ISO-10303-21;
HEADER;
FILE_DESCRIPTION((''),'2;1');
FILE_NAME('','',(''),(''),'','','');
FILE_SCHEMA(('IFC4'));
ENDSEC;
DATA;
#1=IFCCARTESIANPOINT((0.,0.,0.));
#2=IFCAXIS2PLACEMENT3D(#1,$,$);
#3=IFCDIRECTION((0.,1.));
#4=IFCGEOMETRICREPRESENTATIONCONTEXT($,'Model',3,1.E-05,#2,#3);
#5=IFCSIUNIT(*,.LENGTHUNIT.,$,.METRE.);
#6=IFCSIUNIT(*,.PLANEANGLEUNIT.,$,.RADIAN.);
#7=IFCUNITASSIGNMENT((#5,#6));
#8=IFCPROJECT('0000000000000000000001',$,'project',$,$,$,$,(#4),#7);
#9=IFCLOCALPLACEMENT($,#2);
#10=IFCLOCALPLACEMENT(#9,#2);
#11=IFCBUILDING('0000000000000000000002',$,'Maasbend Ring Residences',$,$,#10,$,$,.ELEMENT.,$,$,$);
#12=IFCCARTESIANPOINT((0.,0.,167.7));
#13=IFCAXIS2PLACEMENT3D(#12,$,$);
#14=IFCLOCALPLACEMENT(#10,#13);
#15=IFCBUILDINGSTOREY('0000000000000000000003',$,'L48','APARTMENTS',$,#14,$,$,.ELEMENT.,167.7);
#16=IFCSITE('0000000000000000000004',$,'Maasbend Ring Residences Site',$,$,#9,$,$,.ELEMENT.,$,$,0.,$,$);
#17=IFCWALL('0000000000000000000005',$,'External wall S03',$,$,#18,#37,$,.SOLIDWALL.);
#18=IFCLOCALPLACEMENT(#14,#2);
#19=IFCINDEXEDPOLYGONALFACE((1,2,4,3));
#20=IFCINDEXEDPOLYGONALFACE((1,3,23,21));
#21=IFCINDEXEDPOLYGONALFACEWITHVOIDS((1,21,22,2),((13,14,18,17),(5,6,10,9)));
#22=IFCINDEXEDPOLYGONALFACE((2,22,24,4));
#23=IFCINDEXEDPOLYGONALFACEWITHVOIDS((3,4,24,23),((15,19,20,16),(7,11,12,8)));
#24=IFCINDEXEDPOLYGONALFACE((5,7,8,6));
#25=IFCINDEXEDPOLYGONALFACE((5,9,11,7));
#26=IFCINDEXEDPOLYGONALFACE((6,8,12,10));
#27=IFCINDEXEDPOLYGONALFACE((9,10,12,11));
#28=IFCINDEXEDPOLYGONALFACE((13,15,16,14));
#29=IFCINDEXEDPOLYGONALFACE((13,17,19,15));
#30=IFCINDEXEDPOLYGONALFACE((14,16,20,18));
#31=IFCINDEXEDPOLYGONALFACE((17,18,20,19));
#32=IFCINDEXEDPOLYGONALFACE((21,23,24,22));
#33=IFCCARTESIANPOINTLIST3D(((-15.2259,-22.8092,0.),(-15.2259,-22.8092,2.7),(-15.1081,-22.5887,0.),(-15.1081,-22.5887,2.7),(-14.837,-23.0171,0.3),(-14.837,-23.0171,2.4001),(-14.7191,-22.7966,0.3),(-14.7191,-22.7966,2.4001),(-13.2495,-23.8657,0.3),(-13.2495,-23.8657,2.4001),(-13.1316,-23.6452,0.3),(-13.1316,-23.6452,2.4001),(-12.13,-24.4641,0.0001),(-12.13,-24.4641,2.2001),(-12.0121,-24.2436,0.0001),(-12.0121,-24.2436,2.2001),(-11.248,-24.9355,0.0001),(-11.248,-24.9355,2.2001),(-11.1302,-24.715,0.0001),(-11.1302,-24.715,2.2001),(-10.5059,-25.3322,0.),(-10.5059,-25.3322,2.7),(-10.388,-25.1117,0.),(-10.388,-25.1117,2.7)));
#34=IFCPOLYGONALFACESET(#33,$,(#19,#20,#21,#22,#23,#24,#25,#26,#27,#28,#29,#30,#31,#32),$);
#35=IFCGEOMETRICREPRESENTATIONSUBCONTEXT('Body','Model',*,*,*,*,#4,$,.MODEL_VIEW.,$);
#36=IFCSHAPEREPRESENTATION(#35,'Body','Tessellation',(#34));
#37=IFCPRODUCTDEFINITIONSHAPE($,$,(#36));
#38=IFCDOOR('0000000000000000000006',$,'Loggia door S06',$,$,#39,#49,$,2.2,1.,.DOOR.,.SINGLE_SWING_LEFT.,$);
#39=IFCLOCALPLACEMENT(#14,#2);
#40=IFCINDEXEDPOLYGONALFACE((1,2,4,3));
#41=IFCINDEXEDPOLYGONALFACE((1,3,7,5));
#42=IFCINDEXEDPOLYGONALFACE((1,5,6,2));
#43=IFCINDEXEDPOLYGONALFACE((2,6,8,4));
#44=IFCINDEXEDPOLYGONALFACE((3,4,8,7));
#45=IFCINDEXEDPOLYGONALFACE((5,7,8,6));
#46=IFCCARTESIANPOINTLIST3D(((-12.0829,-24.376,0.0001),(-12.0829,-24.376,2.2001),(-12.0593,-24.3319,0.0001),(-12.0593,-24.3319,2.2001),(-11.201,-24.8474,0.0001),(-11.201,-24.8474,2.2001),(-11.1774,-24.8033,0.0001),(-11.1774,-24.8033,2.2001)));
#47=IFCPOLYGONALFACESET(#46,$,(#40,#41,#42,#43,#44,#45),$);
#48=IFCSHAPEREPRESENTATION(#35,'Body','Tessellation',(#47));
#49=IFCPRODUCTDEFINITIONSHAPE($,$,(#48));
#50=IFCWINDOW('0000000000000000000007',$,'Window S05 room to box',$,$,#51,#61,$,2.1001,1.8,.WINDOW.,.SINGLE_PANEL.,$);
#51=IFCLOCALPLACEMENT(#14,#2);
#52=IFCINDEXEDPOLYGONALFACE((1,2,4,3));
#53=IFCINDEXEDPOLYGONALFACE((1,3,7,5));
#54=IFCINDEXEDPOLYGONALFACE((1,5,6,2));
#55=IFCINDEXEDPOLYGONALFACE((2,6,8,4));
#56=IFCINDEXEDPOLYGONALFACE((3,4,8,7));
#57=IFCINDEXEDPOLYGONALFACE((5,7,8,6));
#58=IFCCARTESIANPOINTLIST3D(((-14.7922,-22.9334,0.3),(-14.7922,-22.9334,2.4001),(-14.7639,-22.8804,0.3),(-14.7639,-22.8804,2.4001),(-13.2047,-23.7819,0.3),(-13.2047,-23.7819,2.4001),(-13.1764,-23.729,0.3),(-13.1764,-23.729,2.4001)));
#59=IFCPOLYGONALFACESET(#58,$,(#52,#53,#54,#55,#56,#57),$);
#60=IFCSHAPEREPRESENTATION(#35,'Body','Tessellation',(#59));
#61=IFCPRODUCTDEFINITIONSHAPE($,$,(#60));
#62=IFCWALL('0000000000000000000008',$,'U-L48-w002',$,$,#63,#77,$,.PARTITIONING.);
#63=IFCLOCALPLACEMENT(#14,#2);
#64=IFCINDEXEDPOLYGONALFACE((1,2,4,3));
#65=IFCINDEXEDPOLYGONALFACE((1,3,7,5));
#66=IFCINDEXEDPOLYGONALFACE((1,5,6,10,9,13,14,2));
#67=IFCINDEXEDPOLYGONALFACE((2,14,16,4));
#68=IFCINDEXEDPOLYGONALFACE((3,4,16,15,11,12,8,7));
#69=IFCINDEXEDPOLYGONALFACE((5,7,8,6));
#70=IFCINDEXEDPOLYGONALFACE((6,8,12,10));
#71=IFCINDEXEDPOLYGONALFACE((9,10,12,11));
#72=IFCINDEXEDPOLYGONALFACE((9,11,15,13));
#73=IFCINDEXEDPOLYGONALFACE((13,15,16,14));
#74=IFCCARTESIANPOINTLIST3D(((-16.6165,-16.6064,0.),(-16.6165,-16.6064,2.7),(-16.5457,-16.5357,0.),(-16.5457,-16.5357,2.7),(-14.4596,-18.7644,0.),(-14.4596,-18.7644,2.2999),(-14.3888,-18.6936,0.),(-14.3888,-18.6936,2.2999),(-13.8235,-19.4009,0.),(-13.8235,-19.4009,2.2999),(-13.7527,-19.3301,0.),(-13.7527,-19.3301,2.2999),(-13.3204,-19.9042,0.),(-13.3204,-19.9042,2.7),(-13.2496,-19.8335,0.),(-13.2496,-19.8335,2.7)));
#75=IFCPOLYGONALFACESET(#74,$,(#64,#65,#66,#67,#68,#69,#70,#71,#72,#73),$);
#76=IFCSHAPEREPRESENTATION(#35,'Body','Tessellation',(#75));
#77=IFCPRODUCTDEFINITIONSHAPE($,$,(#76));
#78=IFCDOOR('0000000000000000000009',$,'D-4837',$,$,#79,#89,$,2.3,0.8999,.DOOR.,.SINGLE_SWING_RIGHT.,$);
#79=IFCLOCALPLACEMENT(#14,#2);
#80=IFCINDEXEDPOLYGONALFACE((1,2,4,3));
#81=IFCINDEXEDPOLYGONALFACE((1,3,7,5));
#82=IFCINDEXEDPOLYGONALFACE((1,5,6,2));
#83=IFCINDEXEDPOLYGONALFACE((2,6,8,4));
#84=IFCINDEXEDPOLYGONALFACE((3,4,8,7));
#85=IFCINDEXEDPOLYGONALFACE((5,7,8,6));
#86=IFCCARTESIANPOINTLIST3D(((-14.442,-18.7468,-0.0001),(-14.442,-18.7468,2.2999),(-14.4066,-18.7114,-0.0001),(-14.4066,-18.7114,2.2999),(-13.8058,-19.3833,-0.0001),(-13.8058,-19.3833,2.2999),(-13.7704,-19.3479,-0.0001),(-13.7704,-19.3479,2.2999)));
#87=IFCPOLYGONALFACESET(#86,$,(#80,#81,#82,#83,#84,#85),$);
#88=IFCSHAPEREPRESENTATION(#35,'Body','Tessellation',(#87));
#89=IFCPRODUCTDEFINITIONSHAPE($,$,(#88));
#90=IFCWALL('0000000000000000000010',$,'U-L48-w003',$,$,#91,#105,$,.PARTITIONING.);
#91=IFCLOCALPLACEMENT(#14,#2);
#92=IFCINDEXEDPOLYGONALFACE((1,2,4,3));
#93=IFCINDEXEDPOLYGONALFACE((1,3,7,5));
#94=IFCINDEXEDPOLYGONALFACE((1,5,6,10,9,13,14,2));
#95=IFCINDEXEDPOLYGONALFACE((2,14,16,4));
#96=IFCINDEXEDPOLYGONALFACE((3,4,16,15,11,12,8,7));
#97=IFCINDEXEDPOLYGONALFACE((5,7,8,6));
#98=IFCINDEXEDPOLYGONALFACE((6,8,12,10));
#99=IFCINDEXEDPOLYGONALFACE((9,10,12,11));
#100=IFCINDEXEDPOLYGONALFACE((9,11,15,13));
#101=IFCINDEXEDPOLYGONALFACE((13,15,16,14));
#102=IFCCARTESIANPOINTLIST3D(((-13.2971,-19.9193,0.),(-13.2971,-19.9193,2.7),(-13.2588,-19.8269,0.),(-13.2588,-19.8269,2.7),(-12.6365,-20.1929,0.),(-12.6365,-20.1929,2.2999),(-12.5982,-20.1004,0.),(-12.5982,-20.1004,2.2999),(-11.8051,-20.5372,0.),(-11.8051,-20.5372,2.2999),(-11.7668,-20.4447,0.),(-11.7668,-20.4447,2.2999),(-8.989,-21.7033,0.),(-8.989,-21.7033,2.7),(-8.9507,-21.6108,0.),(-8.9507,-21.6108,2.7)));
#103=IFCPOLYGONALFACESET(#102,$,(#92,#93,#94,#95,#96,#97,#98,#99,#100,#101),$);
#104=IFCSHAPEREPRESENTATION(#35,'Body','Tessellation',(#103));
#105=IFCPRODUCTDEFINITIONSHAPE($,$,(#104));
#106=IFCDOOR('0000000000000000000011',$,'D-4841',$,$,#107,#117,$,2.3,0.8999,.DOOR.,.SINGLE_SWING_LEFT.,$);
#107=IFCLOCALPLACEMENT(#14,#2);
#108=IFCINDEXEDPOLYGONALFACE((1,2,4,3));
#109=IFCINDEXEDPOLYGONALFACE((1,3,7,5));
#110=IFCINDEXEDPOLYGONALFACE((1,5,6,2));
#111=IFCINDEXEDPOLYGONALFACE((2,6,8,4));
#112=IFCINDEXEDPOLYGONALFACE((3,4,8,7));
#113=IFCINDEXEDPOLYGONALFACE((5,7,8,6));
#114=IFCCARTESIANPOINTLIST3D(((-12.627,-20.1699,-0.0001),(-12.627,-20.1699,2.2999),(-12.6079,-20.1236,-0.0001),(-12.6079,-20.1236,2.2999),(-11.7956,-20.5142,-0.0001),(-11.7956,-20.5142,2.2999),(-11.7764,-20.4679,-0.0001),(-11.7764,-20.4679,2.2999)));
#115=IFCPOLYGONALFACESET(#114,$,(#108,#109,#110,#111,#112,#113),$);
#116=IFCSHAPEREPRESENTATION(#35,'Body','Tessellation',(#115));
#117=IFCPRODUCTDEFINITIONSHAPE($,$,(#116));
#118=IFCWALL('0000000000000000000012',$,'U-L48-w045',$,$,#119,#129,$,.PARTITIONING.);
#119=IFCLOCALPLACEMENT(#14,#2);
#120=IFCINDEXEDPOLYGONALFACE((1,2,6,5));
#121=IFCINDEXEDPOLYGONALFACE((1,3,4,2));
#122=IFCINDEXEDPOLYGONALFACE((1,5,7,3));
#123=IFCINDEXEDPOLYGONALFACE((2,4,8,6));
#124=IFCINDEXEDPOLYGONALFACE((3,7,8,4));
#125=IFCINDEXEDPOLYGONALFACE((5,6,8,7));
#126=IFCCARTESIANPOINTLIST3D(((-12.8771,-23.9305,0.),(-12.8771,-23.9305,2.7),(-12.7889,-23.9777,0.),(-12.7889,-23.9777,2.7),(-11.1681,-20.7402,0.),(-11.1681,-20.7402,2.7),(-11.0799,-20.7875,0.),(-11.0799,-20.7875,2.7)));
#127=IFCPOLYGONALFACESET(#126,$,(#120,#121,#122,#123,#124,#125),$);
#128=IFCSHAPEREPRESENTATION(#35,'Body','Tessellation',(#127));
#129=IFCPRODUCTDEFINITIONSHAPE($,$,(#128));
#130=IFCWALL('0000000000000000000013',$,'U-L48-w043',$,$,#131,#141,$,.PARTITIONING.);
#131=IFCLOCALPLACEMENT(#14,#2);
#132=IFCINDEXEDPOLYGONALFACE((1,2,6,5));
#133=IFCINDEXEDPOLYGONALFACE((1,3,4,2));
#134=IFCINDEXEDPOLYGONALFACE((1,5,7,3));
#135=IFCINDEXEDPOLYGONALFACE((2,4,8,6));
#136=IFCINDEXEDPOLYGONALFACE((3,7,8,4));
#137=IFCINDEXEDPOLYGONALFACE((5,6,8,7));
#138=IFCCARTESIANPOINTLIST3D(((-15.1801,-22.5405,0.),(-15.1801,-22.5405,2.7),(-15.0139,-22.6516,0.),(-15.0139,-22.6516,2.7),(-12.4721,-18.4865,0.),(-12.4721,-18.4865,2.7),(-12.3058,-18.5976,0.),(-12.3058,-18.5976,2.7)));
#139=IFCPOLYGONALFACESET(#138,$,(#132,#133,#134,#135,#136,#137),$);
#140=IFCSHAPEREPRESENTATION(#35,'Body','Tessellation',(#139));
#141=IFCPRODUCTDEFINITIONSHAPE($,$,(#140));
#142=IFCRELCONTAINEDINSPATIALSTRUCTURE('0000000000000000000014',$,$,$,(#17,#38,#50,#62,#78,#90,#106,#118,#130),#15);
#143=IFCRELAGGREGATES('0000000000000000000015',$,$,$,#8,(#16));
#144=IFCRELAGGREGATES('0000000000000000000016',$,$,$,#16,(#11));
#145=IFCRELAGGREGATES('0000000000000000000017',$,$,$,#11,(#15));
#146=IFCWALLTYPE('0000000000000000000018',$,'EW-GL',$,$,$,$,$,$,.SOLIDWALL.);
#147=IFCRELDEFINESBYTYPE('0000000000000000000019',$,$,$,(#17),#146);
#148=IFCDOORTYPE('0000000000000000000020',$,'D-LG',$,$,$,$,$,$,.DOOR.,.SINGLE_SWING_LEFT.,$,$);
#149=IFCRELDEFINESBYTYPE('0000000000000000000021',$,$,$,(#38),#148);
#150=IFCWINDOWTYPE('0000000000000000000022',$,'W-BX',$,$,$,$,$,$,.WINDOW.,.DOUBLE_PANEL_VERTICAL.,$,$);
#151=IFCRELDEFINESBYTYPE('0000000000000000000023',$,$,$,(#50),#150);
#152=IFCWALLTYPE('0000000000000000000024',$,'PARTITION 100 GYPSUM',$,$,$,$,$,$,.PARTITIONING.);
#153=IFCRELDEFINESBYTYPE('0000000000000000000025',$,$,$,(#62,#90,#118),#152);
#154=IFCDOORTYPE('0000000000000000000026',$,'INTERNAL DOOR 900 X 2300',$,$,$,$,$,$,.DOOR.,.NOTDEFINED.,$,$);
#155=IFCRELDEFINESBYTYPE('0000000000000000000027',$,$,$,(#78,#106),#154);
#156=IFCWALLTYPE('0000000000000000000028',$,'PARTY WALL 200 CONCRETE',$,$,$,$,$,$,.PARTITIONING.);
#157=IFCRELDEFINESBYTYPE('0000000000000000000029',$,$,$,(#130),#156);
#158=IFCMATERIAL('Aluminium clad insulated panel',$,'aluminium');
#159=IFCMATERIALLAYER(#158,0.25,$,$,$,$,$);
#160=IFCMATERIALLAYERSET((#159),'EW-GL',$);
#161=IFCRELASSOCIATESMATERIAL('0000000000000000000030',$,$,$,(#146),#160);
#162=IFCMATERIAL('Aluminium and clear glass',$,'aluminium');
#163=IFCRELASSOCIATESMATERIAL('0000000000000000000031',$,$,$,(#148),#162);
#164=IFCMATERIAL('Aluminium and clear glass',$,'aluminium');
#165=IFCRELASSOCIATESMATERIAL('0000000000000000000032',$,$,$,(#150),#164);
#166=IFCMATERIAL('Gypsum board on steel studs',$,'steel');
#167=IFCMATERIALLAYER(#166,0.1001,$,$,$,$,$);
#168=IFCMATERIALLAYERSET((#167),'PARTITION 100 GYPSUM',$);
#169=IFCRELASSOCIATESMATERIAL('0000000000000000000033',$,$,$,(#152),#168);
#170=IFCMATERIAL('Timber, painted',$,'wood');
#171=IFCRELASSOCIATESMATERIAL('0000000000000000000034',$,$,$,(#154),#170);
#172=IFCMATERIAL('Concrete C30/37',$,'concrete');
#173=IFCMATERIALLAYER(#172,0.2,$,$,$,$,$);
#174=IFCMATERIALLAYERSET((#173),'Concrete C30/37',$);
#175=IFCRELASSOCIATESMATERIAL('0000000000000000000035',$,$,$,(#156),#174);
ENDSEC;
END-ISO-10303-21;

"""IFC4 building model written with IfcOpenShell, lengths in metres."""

from ifc_helpers import new_model, si_unit, direction, frame, frame_2d, origin, place, context, subcontext, project, spatial, rectangle, extrude, material, layer, layer_set, type_object, element, fill, save


model = new_model("IFC4")

# Units and contexts
model_context = context("Model", 3, precision=1e-05, world=origin(), true_north=direction((0.0, 1.0)))
body_context = subcontext(model_context, "Body", "Model", "MODEL_VIEW")
ifc_project = project(units=[si_unit("LENGTHUNIT", "METRE"), si_unit("PLANEANGLEUNIT", "RADIAN")], contexts=[model_context])

# Site, building, storey
site_placement = place(None, origin())
site = spatial("IfcSite", under=ifc_project, at=site_placement, Name="Maasbend Ring Residences Site", CompositionType="ELEMENT", RefElevation=0.0)
building_placement = place(site_placement, origin())
building = spatial("IfcBuilding", under=site, at=building_placement, Name="Maasbend Ring Residences", CompositionType="ELEMENT")
storey_placement = place(building_placement, frame((0.0, 0.0, 167.7)))
storey = spatial("IfcBuildingStorey", under=building, at=storey_placement, Name="L48", Description="APARTMENTS", CompositionType="ELEMENT", Elevation=167.7)

# Wall, openings, door, window
ifc_material_1 = material(Name="Aluminium clad insulated panel", Category="aluminium")
ifc_layer_1 = layer(ifc_material_1, 0.25)
ifc_layer_set_1 = layer_set([ifc_layer_1], Name="EW-GL")
wall_type_1 = type_object("IfcWallType", Name="EW-GL", PredefinedType="SOLIDWALL", material=ifc_layer_set_1)
wall_1_placement = place(storey_placement, frame((-15.167, -22.699, 0.0), z_axis=(0.0, 0.0, 1.0), x_axis=(0.881916, -0.471407, 0.0)))
wall_1 = element("IfcWall", 1, at=wall_1_placement, inside=storey, type_object=wall_type_1, Name="External wall S03", PredefinedType="SOLIDWALL", context=body_context, shape_type="SweptSolid", body=[
    extrude(rectangle(XDim=5.3521, YDim=0.25, at=frame_2d((2.676, 0.0))), origin(), (0.0, 0.0, 1.0), 2.7),
])
opening_1_placement = place(wall_1_placement, frame((0.4412, 0.0, 0.3)))
opening_1 = element("IfcOpeningElement", 2, at=opening_1_placement, cuts=wall_1, PredefinedType="OPENING", context=body_context, shape_type="SweptSolid", body=[
    extrude(rectangle(XDim=1.8, YDim=2.1001, at=frame_2d((0.8999, 1.05))), frame((0.0, 0.135, 0.0), z_axis=(0.0, -1.0, 0.0), x_axis=(1.0, 0.0, 0.0)), (0.0, 0.0, 1.0), 0.27),
])
opening_2_placement = place(wall_1_placement, frame((3.5105, 0.0, 0.0)))
opening_2 = element("IfcOpeningElement", 3, at=opening_2_placement, cuts=wall_1, PredefinedType="OPENING", context=body_context, shape_type="SweptSolid", body=[
    extrude(rectangle(XDim=1.0, YDim=2.2, at=frame_2d((0.5, 1.1001))), frame((0.0, 0.135, 0.0), z_axis=(0.0, -1.0, 0.0), x_axis=(1.0, 0.0, 0.0)), (0.0, 0.0, 1.0), 0.27),
])
ifc_material_2 = material(Name="Aluminium and clear glass", Category="aluminium")
door_type_1 = type_object("IfcDoorType", Name="D-LG", OperationType="SINGLE_SWING_LEFT", PredefinedType="DOOR", material=ifc_material_2)
door_1_placement = place(opening_2_placement, origin())
door_1 = element("IfcDoor", 4, at=door_1_placement, inside=storey, type_object=door_type_1, Name="Loggia door S06", OperationType="SINGLE_SWING_LEFT", OverallHeight=2.2, OverallWidth=1.0, PredefinedType="DOOR", context=body_context, shape_type="SweptSolid", body=[
    extrude(rectangle(XDim=1.0, YDim=2.2, at=frame_2d((0.5, 1.1001))), frame((0.0, 0.0249, 0.0), z_axis=(0.0, -1.0, 0.0), x_axis=(1.0, 0.0, 0.0)), (0.0, 0.0, 1.0), 0.05),
])
fill(opening_2, door_1)
ifc_material_3 = material(Name="Aluminium and clear glass", Category="aluminium")
window_type_1 = type_object("IfcWindowType", Name="W-BX", PartitioningType="DOUBLE_PANEL_VERTICAL", PredefinedType="WINDOW", material=ifc_material_3)
window_1_placement = place(opening_1_placement, origin())
window_1 = element("IfcWindow", 5, at=window_1_placement, inside=storey, type_object=window_type_1, Name="Window S05 room to box", OverallHeight=2.1001, OverallWidth=1.8, PartitioningType="SINGLE_PANEL", PredefinedType="WINDOW", context=body_context, shape_type="SweptSolid", body=[
    extrude(rectangle(XDim=1.8, YDim=2.1001, at=frame_2d((0.8999, 1.05))), frame((0.0, 0.03, 0.0), z_axis=(0.0, -1.0, 0.0), x_axis=(1.0, 0.0, 0.0)), (0.0, 0.0, 1.0), 0.0601),
])
fill(opening_1, window_1)

# Walls, openings, doors
ifc_material_4 = material(Name="Gypsum board on steel studs", Category="steel")
ifc_layer_2 = layer(ifc_material_4, 0.1001)
ifc_layer_set_2 = layer_set([ifc_layer_2], Name="PARTITION 100 GYPSUM")
wall_type_2 = type_object("IfcWallType", Name="PARTITION 100 GYPSUM", PredefinedType="PARTITIONING", material=ifc_layer_set_2)
wall_2_placement = place(storey_placement, frame((-16.5811, -16.571, 0.0), z_axis=(0.0, 0.0, 1.0), x_axis=(0.706923, -0.70729, 0.0)))
wall_2 = element("IfcWall", 6, at=wall_2_placement, inside=storey, type_object=wall_type_2, Name="U-L48-w002", PredefinedType="PARTITIONING", context=body_context, shape_type="SweptSolid", body=[
    extrude(rectangle(XDim=4.6626, YDim=0.1001, at=frame_2d((2.3313, 0.0))), origin(), (0.0, 0.0, 1.0), 2.7),
])
opening_3_placement = place(wall_2_placement, frame((3.051, 0.0, 0.0)))
opening_3 = element("IfcOpeningElement", 7, at=opening_3_placement, cuts=wall_2, PredefinedType="OPENING", context=body_context, shape_type="SweptSolid", body=[
    extrude(rectangle(XDim=0.8999, YDim=2.3, at=frame_2d((0.45, 1.1499))), frame((0.0, 0.0601, 0.0), z_axis=(0.0, -1.0, 0.0), x_axis=(1.0, 0.0, 0.0)), (0.0, 0.0, 1.0), 0.1201),
])
ifc_material_5 = material(Name="Timber, painted", Category="wood")
door_type_2 = type_object("IfcDoorType", Name="INTERNAL DOOR 900 X 2300", OperationType="NOTDEFINED", PredefinedType="DOOR", material=ifc_material_5)
door_2_placement = place(opening_3_placement, origin())
door_2 = element("IfcDoor", 8, at=door_2_placement, inside=storey, type_object=door_type_2, Name="D-4837", OperationType="SINGLE_SWING_RIGHT", OverallHeight=2.3, OverallWidth=0.8999, PredefinedType="DOOR", context=body_context, shape_type="SweptSolid", body=[
    extrude(rectangle(XDim=0.8999, YDim=2.3, at=frame_2d((0.45, 1.1499))), frame((0.0, 0.0249, 0.0), z_axis=(0.0, -1.0, 0.0), x_axis=(1.0, 0.0, 0.0)), (0.0, 0.0, 1.0), 0.05),
])
fill(opening_3, door_2)
wall_3_placement = place(storey_placement, frame((-13.2781, -19.873, 0.0), z_axis=(0.0, 0.0, 1.0), x_axis=(0.92392, -0.382585, 0.0)))
wall_3 = element("IfcWall", 9, at=wall_3_placement, inside=storey, type_object=wall_type_2, Name="U-L48-w003", PredefinedType="PARTITIONING", context=body_context, shape_type="SweptSolid", body=[
    extrude(rectangle(XDim=4.6628, YDim=0.1001, at=frame_2d((2.3315, 0.0))), origin(), (0.0, 0.0, 1.0), 2.7),
])
opening_4_placement = place(wall_3_placement, frame((0.7151, 0.0, 0.0)))
opening_4 = element("IfcOpeningElement", 10, at=opening_4_placement, cuts=wall_3, PredefinedType="OPENING", context=body_context, shape_type="SweptSolid", body=[
    extrude(rectangle(XDim=0.8999, YDim=2.3, at=frame_2d((0.45, 1.1499))), frame((0.0, 0.0601, 0.0), z_axis=(0.0, -1.0, 0.0), x_axis=(1.0, 0.0, 0.0)), (0.0, 0.0, 1.0), 0.1201),
])
door_3_placement = place(opening_4_placement, origin())
door_3 = element("IfcDoor", 11, at=door_3_placement, inside=storey, type_object=door_type_2, Name="D-4841", OperationType="SINGLE_SWING_LEFT", OverallHeight=2.3, OverallWidth=0.8999, PredefinedType="DOOR", context=body_context, shape_type="SweptSolid", body=[
    extrude(rectangle(XDim=0.8999, YDim=2.3, at=frame_2d((0.45, 1.1499))), frame((0.0, 0.0249, 0.0), z_axis=(0.0, -1.0, 0.0), x_axis=(1.0, 0.0, 0.0)), (0.0, 0.0, 1.0), 0.05),
])
fill(opening_4, door_3)

# Walls
wall_4_placement = place(storey_placement, frame((-12.833, -23.9541, 0.0), z_axis=(0.0, 0.0, 1.0), x_axis=(0.472212, 0.881485, 0.0)))
element("IfcWall", 12, at=wall_4_placement, inside=storey, type_object=wall_type_2, Name="U-L48-w045", PredefinedType="PARTITIONING", context=body_context, shape_type="SweptSolid", body=[
    extrude(rectangle(XDim=3.6191, YDim=0.1001, at=frame_2d((1.8096, 0.0))), origin(), (0.0, 0.0, 1.0), 2.7),
])
ifc_material_6 = material(Name="Concrete C30/37", Category="concrete")
ifc_layer_3 = layer(ifc_material_6, 0.2)
ifc_layer_set_3 = layer_set([ifc_layer_3], Name="Concrete C30/37")
wall_type_3 = type_object("IfcWallType", Name="PARTY WALL 200 CONCRETE", PredefinedType="PARTITIONING", material=ifc_layer_set_3)
wall_5_placement = place(storey_placement, frame((-15.0969, -22.5959, 0.0), z_axis=(0.0, 0.0, 1.0), x_axis=(0.555463, 0.831541, 0.0)))
element("IfcWall", 13, at=wall_5_placement, inside=storey, type_object=wall_type_3, Name="U-L48-w043", PredefinedType="PARTITIONING", context=body_context, shape_type="SweptSolid", body=[
    extrude(rectangle(XDim=4.8752, YDim=0.2, at=frame_2d((2.4375, 0.0))), origin(), (0.0, 0.0, 1.0), 2.7),
])

save(model, "model.ifc")
